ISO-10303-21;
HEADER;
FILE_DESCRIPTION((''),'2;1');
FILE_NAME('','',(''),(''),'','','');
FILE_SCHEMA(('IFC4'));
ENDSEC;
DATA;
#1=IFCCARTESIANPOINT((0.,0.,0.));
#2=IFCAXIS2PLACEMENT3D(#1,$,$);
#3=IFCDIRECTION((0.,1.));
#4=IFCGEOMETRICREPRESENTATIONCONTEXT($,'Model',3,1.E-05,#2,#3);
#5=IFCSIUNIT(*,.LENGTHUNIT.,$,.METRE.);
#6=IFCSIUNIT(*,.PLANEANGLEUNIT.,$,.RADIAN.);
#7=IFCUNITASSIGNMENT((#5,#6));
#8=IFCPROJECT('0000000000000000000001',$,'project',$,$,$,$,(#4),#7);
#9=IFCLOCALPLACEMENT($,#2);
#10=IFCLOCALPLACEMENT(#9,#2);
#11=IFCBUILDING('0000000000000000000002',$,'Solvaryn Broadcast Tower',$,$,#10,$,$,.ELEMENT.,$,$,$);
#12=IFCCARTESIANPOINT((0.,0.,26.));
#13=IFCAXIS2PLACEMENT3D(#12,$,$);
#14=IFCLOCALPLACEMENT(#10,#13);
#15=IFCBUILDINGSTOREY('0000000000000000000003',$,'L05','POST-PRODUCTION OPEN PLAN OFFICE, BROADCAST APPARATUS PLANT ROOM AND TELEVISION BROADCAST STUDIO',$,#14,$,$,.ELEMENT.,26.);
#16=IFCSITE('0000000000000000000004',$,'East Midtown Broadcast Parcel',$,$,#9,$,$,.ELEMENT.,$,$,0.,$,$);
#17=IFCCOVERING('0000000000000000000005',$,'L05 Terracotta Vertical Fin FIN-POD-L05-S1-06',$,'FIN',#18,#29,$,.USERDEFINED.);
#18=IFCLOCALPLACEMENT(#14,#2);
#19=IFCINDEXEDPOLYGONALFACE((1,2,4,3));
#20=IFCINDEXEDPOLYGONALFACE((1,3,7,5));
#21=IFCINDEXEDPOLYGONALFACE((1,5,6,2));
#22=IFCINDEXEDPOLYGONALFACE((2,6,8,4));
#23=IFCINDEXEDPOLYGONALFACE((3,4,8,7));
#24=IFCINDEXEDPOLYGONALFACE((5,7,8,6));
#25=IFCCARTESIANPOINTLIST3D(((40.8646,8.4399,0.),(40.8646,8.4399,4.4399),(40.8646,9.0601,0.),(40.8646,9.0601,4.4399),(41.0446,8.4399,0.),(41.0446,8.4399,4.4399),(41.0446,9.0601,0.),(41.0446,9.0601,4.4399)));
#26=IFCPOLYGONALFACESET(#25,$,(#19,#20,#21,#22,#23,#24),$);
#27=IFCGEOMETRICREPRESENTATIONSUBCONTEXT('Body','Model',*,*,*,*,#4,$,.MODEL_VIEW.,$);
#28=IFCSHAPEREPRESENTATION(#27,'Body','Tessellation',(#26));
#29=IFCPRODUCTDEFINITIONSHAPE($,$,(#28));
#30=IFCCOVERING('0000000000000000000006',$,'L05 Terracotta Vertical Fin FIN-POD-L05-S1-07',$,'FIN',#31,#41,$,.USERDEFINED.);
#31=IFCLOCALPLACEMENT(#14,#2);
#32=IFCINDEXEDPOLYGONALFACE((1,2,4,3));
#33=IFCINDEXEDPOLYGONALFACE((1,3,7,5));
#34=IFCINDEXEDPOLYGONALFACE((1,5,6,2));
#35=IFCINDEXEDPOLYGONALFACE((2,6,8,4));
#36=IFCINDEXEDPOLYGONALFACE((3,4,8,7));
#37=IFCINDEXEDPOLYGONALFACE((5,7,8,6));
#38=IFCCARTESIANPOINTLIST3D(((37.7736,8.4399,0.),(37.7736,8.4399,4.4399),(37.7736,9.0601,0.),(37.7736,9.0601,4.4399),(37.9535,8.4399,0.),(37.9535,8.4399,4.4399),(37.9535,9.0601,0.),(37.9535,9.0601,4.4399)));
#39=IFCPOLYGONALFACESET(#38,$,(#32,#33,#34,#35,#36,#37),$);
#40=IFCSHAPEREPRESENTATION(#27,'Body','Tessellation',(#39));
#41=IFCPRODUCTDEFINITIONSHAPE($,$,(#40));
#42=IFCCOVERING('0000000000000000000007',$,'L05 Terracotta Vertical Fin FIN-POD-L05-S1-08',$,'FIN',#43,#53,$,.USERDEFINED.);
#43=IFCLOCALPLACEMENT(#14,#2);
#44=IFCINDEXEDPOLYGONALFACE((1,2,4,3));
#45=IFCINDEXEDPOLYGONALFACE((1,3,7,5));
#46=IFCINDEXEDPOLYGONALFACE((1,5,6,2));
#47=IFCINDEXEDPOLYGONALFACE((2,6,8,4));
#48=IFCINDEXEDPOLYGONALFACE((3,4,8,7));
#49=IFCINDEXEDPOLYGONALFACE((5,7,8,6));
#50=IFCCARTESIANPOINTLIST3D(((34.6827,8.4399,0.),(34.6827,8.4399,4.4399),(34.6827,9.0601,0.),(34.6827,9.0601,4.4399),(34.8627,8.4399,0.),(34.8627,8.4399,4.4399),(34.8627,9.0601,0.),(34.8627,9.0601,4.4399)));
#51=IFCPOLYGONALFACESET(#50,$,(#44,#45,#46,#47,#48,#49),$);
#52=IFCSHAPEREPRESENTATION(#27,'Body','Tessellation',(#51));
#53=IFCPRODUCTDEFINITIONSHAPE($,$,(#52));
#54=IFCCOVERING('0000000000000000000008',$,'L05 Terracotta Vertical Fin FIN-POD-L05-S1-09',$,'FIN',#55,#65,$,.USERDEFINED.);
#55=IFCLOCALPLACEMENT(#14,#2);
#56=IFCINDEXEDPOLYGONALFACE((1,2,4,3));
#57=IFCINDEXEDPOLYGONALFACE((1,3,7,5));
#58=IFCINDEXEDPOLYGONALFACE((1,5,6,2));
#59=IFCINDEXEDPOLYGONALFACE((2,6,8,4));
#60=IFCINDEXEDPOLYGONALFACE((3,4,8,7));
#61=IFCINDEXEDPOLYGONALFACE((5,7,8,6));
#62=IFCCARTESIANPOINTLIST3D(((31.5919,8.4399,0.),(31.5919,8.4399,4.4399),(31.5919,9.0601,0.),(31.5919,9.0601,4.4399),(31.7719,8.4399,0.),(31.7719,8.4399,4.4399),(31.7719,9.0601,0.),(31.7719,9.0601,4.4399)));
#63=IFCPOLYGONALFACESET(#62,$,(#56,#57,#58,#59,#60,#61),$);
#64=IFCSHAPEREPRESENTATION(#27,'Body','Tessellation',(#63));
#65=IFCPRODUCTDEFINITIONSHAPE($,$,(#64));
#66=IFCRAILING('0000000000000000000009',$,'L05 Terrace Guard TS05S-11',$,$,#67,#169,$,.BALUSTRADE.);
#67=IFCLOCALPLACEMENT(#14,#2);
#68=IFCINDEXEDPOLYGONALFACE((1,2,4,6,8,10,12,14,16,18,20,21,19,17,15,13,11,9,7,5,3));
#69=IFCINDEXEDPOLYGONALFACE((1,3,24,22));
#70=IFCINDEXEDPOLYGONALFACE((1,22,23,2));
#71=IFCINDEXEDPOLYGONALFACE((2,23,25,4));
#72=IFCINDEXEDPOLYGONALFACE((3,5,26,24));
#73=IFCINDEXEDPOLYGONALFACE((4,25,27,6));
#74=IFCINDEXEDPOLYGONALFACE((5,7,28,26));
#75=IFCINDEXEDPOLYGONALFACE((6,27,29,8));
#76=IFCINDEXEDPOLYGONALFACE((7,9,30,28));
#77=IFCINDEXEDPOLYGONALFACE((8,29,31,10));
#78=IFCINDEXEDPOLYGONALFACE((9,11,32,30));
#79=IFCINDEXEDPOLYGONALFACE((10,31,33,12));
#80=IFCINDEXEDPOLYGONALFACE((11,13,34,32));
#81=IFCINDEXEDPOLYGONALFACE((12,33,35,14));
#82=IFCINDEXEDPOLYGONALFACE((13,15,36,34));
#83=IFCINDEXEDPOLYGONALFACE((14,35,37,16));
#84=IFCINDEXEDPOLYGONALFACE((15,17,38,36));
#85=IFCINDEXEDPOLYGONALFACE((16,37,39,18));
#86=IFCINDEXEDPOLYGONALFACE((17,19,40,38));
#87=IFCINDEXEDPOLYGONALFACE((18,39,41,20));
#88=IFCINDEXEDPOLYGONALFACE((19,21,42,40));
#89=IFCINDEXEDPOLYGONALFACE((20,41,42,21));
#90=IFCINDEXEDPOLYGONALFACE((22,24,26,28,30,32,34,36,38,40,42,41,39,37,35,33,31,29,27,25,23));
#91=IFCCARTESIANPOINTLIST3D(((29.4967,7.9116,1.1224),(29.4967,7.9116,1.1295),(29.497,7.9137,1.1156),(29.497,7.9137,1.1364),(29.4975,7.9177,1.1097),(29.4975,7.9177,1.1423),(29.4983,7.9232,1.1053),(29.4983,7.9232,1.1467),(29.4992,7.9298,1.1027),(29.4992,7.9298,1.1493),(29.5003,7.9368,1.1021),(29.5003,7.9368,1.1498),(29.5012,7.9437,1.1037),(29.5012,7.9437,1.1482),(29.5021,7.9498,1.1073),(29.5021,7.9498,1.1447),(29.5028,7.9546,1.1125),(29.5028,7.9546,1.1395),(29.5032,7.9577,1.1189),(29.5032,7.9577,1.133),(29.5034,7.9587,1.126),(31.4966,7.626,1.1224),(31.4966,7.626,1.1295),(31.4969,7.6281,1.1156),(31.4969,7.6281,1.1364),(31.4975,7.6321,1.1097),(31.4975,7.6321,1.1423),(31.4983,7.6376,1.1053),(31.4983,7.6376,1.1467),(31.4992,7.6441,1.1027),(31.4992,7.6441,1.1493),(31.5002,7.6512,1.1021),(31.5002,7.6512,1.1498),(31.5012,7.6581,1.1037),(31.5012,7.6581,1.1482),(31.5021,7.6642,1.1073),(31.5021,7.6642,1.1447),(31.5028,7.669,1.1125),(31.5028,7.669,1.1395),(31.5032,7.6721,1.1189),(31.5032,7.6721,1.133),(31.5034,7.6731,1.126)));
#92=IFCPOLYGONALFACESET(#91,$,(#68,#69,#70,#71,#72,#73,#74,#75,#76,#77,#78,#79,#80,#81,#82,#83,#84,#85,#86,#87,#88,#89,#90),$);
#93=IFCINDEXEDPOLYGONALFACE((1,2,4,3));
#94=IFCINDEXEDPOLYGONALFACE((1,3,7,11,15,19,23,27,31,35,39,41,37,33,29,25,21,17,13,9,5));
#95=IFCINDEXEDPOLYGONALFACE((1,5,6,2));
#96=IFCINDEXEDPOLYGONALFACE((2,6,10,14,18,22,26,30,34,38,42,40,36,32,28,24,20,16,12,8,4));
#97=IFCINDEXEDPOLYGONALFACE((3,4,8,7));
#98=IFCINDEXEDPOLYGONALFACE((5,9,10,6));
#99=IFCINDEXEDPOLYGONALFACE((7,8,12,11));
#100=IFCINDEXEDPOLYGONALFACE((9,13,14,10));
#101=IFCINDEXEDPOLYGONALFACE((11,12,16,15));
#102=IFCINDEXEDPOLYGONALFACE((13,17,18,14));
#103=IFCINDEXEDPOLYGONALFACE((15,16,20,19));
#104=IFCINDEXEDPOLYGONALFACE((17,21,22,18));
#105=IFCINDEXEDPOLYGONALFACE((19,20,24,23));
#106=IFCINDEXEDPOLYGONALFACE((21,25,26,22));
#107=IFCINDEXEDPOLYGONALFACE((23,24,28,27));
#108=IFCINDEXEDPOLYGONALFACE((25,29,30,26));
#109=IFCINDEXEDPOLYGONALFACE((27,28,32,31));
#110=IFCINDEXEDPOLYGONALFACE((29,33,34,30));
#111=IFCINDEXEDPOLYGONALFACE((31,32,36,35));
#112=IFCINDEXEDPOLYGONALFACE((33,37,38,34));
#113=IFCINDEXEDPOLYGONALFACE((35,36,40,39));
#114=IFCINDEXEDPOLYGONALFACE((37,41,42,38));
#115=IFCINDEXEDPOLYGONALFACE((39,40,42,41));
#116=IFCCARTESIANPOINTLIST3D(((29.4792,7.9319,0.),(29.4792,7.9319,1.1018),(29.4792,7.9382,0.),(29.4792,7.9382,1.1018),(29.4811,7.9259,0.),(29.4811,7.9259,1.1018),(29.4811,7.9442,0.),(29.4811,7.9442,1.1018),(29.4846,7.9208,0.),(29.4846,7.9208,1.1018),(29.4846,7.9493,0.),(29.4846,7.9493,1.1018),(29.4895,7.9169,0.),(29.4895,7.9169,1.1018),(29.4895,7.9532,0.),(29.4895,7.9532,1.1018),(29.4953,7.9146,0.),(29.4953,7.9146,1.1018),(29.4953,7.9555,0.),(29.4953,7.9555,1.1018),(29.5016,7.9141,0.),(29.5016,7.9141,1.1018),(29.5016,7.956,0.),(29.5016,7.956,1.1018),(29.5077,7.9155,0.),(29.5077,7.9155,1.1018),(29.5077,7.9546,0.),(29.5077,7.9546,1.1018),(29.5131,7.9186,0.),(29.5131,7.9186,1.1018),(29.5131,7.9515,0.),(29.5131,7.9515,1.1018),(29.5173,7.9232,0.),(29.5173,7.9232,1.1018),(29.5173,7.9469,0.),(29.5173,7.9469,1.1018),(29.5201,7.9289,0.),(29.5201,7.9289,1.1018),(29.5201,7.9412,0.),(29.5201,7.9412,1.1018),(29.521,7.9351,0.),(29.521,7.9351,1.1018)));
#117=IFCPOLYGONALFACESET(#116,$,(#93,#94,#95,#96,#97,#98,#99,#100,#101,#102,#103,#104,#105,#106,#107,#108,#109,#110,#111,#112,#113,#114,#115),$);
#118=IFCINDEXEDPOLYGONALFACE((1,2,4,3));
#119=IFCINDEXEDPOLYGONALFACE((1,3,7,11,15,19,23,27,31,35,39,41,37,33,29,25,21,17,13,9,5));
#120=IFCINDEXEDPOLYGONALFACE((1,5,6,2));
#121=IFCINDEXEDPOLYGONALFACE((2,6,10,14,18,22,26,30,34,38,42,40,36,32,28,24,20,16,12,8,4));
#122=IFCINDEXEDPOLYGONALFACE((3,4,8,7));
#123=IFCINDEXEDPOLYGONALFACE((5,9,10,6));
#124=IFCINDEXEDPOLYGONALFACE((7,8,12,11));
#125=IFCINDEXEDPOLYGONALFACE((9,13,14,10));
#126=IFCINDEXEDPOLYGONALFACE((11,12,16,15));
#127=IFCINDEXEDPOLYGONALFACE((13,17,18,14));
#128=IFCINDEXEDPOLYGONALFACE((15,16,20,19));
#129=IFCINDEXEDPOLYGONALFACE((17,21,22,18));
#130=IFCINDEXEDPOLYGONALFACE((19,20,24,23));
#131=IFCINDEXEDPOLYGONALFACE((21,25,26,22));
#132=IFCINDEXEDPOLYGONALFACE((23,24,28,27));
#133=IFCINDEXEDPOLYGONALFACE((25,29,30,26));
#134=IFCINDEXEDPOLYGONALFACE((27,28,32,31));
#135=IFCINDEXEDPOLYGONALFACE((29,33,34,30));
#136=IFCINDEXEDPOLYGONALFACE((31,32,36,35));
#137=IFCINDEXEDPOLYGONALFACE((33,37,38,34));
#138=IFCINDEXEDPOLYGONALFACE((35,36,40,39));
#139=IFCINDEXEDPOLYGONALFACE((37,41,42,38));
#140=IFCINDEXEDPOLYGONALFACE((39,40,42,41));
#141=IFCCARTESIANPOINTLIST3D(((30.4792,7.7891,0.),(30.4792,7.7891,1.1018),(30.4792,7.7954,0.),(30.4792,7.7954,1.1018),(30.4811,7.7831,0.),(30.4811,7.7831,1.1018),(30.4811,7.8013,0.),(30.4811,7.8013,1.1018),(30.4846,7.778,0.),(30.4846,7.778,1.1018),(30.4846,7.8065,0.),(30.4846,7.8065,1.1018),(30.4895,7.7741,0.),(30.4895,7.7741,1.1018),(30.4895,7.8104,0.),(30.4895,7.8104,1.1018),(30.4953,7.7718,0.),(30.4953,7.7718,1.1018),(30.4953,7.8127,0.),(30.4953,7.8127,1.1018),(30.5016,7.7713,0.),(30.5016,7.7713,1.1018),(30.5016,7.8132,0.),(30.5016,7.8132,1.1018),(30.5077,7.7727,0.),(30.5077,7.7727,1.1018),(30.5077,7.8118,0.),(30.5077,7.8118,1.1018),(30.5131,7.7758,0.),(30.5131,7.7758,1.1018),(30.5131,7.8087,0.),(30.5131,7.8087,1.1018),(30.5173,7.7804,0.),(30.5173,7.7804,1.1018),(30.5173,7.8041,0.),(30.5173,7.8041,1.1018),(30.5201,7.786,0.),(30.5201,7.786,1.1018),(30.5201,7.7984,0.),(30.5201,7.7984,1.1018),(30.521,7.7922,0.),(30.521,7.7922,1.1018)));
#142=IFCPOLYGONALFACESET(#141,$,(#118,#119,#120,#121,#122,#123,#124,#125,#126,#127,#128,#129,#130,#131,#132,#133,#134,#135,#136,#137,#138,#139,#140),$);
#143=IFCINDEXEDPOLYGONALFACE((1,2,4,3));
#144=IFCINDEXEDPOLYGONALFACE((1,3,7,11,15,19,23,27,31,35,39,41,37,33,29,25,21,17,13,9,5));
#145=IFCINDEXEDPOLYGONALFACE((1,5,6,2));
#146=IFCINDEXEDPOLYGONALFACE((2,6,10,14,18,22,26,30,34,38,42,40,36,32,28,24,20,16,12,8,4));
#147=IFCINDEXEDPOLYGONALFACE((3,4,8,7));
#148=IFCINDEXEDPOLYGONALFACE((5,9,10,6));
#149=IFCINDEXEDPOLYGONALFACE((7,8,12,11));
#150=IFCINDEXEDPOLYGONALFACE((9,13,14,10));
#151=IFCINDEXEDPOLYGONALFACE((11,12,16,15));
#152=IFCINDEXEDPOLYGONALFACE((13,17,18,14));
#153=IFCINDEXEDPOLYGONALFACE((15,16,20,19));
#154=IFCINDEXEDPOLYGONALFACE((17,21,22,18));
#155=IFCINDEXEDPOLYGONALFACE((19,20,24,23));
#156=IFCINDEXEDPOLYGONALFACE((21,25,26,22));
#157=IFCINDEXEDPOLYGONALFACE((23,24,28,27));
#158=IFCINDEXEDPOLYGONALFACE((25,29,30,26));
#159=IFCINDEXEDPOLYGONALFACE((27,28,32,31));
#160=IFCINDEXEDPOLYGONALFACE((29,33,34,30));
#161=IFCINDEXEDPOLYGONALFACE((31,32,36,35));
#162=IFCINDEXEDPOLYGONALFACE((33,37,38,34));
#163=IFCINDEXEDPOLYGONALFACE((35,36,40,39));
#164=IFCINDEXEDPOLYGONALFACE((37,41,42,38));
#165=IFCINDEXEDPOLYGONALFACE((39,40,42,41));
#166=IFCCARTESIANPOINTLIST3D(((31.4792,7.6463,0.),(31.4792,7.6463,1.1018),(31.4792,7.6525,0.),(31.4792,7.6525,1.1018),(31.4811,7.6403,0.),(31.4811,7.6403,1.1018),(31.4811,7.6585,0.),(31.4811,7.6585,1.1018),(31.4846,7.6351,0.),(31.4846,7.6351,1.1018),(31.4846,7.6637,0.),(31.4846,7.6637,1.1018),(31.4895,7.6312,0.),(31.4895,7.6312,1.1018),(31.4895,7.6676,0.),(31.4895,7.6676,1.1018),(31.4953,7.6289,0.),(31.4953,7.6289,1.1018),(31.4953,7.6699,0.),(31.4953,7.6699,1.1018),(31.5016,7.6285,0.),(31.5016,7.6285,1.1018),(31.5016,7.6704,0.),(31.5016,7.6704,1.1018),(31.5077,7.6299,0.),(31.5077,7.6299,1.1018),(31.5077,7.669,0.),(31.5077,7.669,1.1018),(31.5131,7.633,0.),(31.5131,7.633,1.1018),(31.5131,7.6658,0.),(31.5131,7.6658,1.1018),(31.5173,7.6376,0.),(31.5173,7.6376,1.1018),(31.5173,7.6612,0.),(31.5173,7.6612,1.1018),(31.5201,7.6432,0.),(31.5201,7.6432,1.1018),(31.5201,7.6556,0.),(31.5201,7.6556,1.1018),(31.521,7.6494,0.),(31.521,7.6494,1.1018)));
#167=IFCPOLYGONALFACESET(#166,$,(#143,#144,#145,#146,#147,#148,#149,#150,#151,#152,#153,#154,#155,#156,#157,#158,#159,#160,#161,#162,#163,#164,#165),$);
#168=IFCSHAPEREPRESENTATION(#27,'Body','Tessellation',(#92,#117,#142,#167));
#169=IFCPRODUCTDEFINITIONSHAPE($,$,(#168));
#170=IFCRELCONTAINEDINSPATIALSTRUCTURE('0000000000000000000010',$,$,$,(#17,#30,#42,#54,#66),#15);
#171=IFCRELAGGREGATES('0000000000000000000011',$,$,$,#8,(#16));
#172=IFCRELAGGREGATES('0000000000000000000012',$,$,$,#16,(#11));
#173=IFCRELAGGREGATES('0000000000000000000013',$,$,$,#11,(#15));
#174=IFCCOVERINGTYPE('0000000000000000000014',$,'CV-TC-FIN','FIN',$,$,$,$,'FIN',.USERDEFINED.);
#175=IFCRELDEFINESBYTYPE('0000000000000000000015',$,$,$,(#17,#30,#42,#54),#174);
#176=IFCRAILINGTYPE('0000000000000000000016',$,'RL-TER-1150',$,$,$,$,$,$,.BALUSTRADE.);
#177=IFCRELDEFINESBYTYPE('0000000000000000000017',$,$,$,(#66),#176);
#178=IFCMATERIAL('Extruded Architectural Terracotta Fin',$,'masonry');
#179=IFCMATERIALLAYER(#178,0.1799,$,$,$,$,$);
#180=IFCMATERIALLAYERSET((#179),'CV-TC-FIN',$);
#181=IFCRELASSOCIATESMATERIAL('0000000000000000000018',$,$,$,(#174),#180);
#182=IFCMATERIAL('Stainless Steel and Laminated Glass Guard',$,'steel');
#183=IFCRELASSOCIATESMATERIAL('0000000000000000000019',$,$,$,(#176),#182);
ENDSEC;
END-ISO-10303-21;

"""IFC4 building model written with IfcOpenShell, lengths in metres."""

from ifc_helpers import new_model, si_unit, direction, frame, origin, origin_2d, place, context, subcontext, project, spatial, rectangle, circle, extrude, material, layer, layer_set, type_object, element, save


model = new_model("IFC4")

# Units and contexts
model_context = context("Model", 3, precision=1e-05, world=origin(), true_north=direction((0.0, 1.0)))
body_context = subcontext(model_context, "Body", "Model", "MODEL_VIEW")
ifc_project = project(units=[si_unit("LENGTHUNIT", "METRE"), si_unit("PLANEANGLEUNIT", "RADIAN")], contexts=[model_context])

# Site, building, storey
site_placement = place(None, origin())
site = spatial("IfcSite", under=ifc_project, at=site_placement, Name="East Midtown Broadcast Parcel", CompositionType="ELEMENT", RefElevation=0.0)
building_placement = place(site_placement, origin())
building = spatial("IfcBuilding", under=site, at=building_placement, Name="Solvaryn Broadcast Tower", CompositionType="ELEMENT")
storey_placement = place(building_placement, frame((0.0, 0.0, 26.0)))
storey = spatial("IfcBuildingStorey", under=building, at=storey_placement, Name="L05", Description="POST-PRODUCTION OPEN PLAN OFFICE, BROADCAST APPARATUS PLANT ROOM AND TELEVISION BROADCAST STUDIO", CompositionType="ELEMENT", Elevation=26.0)

# Coverings
ifc_material_1 = material(Name="Extruded Architectural Terracotta Fin", Category="masonry")
ifc_layer_1 = layer(ifc_material_1, 0.1799)
ifc_layer_set_1 = layer_set([ifc_layer_1], Name="CV-TC-FIN")
covering_type_1 = type_object("IfcCoveringType", Name="CV-TC-FIN", Description="FIN", ElementType="FIN", PredefinedType="USERDEFINED", material=ifc_layer_set_1)
for number, where, z_axis, x_axis, name in (
    (1, (40.9546, 8.75, 0.0), (0.0, 0.0, 1.0), (1.0, 0.0, 0.0), "L05 Terracotta Vertical Fin FIN-POD-L05-S1-06"),
    (2, (37.8635, 8.75, 0.0), (0.0, 0.0, 1.0), (1.0, 0.0, 0.0), "L05 Terracotta Vertical Fin FIN-POD-L05-S1-07"),
    (3, (34.7727, 8.75, 0.0), (0.0, 0.0, 1.0), (1.0, 0.0, 0.0), "L05 Terracotta Vertical Fin FIN-POD-L05-S1-08"),
    (4, (31.6819, 8.75, 0.0), (0.0, 0.0, 1.0), (1.0, 0.0, 0.0), "L05 Terracotta Vertical Fin FIN-POD-L05-S1-09"),
):
    element("IfcCovering", number, at=place(storey_placement, frame(where, z_axis=z_axis, x_axis=x_axis)), inside=storey, type_object=covering_type_1, Name=name, ObjectType="FIN", PredefinedType="USERDEFINED", context=body_context, shape_type="SweptSolid", body=[
        extrude(rectangle(XDim=0.1799, YDim=0.6201, at=origin_2d()), origin(), (0.0, 0.0, 1.0), 4.4399),
    ])

# Railing
ifc_material_2 = material(Name="Stainless Steel and Laminated Glass Guard", Category="steel")
railing_type = type_object("IfcRailingType", Name="RL-TER-1150", PredefinedType="BALUSTRADE", material=ifc_material_2)
railing_1_placement = place(storey_placement, frame((29.5, 7.9351, 0.0)))
element("IfcRailing", 5, at=railing_1_placement, inside=storey, type_object=railing_type, Name="L05 Terrace Guard TS05S-11", PredefinedType="BALUSTRADE", context=body_context, shape_type="SweptSolid", body=[
    extrude(circle(Radius=0.0239, at=origin_2d()), frame((0.0, 0.0, 1.126), z_axis=(0.989954, -0.141388, 0.0), x_axis=(0.141388, 0.989954, 0.0)), (0.0, 0.0, 1.0), 2.0203),
    extrude(circle(Radius=0.021, at=origin_2d()), origin(), (0.0, 0.0, 1.0), 1.1018),
    extrude(circle(Radius=0.021, at=origin_2d()), frame((1.0, -0.1428, 0.0)), (0.0, 0.0, 1.0), 1.1018),
    extrude(circle(Radius=0.021, at=origin_2d()), frame((2.0, -0.2856, 0.0)), (0.0, 0.0, 1.0), 1.1018),
])

save(model, "model.ifc")
